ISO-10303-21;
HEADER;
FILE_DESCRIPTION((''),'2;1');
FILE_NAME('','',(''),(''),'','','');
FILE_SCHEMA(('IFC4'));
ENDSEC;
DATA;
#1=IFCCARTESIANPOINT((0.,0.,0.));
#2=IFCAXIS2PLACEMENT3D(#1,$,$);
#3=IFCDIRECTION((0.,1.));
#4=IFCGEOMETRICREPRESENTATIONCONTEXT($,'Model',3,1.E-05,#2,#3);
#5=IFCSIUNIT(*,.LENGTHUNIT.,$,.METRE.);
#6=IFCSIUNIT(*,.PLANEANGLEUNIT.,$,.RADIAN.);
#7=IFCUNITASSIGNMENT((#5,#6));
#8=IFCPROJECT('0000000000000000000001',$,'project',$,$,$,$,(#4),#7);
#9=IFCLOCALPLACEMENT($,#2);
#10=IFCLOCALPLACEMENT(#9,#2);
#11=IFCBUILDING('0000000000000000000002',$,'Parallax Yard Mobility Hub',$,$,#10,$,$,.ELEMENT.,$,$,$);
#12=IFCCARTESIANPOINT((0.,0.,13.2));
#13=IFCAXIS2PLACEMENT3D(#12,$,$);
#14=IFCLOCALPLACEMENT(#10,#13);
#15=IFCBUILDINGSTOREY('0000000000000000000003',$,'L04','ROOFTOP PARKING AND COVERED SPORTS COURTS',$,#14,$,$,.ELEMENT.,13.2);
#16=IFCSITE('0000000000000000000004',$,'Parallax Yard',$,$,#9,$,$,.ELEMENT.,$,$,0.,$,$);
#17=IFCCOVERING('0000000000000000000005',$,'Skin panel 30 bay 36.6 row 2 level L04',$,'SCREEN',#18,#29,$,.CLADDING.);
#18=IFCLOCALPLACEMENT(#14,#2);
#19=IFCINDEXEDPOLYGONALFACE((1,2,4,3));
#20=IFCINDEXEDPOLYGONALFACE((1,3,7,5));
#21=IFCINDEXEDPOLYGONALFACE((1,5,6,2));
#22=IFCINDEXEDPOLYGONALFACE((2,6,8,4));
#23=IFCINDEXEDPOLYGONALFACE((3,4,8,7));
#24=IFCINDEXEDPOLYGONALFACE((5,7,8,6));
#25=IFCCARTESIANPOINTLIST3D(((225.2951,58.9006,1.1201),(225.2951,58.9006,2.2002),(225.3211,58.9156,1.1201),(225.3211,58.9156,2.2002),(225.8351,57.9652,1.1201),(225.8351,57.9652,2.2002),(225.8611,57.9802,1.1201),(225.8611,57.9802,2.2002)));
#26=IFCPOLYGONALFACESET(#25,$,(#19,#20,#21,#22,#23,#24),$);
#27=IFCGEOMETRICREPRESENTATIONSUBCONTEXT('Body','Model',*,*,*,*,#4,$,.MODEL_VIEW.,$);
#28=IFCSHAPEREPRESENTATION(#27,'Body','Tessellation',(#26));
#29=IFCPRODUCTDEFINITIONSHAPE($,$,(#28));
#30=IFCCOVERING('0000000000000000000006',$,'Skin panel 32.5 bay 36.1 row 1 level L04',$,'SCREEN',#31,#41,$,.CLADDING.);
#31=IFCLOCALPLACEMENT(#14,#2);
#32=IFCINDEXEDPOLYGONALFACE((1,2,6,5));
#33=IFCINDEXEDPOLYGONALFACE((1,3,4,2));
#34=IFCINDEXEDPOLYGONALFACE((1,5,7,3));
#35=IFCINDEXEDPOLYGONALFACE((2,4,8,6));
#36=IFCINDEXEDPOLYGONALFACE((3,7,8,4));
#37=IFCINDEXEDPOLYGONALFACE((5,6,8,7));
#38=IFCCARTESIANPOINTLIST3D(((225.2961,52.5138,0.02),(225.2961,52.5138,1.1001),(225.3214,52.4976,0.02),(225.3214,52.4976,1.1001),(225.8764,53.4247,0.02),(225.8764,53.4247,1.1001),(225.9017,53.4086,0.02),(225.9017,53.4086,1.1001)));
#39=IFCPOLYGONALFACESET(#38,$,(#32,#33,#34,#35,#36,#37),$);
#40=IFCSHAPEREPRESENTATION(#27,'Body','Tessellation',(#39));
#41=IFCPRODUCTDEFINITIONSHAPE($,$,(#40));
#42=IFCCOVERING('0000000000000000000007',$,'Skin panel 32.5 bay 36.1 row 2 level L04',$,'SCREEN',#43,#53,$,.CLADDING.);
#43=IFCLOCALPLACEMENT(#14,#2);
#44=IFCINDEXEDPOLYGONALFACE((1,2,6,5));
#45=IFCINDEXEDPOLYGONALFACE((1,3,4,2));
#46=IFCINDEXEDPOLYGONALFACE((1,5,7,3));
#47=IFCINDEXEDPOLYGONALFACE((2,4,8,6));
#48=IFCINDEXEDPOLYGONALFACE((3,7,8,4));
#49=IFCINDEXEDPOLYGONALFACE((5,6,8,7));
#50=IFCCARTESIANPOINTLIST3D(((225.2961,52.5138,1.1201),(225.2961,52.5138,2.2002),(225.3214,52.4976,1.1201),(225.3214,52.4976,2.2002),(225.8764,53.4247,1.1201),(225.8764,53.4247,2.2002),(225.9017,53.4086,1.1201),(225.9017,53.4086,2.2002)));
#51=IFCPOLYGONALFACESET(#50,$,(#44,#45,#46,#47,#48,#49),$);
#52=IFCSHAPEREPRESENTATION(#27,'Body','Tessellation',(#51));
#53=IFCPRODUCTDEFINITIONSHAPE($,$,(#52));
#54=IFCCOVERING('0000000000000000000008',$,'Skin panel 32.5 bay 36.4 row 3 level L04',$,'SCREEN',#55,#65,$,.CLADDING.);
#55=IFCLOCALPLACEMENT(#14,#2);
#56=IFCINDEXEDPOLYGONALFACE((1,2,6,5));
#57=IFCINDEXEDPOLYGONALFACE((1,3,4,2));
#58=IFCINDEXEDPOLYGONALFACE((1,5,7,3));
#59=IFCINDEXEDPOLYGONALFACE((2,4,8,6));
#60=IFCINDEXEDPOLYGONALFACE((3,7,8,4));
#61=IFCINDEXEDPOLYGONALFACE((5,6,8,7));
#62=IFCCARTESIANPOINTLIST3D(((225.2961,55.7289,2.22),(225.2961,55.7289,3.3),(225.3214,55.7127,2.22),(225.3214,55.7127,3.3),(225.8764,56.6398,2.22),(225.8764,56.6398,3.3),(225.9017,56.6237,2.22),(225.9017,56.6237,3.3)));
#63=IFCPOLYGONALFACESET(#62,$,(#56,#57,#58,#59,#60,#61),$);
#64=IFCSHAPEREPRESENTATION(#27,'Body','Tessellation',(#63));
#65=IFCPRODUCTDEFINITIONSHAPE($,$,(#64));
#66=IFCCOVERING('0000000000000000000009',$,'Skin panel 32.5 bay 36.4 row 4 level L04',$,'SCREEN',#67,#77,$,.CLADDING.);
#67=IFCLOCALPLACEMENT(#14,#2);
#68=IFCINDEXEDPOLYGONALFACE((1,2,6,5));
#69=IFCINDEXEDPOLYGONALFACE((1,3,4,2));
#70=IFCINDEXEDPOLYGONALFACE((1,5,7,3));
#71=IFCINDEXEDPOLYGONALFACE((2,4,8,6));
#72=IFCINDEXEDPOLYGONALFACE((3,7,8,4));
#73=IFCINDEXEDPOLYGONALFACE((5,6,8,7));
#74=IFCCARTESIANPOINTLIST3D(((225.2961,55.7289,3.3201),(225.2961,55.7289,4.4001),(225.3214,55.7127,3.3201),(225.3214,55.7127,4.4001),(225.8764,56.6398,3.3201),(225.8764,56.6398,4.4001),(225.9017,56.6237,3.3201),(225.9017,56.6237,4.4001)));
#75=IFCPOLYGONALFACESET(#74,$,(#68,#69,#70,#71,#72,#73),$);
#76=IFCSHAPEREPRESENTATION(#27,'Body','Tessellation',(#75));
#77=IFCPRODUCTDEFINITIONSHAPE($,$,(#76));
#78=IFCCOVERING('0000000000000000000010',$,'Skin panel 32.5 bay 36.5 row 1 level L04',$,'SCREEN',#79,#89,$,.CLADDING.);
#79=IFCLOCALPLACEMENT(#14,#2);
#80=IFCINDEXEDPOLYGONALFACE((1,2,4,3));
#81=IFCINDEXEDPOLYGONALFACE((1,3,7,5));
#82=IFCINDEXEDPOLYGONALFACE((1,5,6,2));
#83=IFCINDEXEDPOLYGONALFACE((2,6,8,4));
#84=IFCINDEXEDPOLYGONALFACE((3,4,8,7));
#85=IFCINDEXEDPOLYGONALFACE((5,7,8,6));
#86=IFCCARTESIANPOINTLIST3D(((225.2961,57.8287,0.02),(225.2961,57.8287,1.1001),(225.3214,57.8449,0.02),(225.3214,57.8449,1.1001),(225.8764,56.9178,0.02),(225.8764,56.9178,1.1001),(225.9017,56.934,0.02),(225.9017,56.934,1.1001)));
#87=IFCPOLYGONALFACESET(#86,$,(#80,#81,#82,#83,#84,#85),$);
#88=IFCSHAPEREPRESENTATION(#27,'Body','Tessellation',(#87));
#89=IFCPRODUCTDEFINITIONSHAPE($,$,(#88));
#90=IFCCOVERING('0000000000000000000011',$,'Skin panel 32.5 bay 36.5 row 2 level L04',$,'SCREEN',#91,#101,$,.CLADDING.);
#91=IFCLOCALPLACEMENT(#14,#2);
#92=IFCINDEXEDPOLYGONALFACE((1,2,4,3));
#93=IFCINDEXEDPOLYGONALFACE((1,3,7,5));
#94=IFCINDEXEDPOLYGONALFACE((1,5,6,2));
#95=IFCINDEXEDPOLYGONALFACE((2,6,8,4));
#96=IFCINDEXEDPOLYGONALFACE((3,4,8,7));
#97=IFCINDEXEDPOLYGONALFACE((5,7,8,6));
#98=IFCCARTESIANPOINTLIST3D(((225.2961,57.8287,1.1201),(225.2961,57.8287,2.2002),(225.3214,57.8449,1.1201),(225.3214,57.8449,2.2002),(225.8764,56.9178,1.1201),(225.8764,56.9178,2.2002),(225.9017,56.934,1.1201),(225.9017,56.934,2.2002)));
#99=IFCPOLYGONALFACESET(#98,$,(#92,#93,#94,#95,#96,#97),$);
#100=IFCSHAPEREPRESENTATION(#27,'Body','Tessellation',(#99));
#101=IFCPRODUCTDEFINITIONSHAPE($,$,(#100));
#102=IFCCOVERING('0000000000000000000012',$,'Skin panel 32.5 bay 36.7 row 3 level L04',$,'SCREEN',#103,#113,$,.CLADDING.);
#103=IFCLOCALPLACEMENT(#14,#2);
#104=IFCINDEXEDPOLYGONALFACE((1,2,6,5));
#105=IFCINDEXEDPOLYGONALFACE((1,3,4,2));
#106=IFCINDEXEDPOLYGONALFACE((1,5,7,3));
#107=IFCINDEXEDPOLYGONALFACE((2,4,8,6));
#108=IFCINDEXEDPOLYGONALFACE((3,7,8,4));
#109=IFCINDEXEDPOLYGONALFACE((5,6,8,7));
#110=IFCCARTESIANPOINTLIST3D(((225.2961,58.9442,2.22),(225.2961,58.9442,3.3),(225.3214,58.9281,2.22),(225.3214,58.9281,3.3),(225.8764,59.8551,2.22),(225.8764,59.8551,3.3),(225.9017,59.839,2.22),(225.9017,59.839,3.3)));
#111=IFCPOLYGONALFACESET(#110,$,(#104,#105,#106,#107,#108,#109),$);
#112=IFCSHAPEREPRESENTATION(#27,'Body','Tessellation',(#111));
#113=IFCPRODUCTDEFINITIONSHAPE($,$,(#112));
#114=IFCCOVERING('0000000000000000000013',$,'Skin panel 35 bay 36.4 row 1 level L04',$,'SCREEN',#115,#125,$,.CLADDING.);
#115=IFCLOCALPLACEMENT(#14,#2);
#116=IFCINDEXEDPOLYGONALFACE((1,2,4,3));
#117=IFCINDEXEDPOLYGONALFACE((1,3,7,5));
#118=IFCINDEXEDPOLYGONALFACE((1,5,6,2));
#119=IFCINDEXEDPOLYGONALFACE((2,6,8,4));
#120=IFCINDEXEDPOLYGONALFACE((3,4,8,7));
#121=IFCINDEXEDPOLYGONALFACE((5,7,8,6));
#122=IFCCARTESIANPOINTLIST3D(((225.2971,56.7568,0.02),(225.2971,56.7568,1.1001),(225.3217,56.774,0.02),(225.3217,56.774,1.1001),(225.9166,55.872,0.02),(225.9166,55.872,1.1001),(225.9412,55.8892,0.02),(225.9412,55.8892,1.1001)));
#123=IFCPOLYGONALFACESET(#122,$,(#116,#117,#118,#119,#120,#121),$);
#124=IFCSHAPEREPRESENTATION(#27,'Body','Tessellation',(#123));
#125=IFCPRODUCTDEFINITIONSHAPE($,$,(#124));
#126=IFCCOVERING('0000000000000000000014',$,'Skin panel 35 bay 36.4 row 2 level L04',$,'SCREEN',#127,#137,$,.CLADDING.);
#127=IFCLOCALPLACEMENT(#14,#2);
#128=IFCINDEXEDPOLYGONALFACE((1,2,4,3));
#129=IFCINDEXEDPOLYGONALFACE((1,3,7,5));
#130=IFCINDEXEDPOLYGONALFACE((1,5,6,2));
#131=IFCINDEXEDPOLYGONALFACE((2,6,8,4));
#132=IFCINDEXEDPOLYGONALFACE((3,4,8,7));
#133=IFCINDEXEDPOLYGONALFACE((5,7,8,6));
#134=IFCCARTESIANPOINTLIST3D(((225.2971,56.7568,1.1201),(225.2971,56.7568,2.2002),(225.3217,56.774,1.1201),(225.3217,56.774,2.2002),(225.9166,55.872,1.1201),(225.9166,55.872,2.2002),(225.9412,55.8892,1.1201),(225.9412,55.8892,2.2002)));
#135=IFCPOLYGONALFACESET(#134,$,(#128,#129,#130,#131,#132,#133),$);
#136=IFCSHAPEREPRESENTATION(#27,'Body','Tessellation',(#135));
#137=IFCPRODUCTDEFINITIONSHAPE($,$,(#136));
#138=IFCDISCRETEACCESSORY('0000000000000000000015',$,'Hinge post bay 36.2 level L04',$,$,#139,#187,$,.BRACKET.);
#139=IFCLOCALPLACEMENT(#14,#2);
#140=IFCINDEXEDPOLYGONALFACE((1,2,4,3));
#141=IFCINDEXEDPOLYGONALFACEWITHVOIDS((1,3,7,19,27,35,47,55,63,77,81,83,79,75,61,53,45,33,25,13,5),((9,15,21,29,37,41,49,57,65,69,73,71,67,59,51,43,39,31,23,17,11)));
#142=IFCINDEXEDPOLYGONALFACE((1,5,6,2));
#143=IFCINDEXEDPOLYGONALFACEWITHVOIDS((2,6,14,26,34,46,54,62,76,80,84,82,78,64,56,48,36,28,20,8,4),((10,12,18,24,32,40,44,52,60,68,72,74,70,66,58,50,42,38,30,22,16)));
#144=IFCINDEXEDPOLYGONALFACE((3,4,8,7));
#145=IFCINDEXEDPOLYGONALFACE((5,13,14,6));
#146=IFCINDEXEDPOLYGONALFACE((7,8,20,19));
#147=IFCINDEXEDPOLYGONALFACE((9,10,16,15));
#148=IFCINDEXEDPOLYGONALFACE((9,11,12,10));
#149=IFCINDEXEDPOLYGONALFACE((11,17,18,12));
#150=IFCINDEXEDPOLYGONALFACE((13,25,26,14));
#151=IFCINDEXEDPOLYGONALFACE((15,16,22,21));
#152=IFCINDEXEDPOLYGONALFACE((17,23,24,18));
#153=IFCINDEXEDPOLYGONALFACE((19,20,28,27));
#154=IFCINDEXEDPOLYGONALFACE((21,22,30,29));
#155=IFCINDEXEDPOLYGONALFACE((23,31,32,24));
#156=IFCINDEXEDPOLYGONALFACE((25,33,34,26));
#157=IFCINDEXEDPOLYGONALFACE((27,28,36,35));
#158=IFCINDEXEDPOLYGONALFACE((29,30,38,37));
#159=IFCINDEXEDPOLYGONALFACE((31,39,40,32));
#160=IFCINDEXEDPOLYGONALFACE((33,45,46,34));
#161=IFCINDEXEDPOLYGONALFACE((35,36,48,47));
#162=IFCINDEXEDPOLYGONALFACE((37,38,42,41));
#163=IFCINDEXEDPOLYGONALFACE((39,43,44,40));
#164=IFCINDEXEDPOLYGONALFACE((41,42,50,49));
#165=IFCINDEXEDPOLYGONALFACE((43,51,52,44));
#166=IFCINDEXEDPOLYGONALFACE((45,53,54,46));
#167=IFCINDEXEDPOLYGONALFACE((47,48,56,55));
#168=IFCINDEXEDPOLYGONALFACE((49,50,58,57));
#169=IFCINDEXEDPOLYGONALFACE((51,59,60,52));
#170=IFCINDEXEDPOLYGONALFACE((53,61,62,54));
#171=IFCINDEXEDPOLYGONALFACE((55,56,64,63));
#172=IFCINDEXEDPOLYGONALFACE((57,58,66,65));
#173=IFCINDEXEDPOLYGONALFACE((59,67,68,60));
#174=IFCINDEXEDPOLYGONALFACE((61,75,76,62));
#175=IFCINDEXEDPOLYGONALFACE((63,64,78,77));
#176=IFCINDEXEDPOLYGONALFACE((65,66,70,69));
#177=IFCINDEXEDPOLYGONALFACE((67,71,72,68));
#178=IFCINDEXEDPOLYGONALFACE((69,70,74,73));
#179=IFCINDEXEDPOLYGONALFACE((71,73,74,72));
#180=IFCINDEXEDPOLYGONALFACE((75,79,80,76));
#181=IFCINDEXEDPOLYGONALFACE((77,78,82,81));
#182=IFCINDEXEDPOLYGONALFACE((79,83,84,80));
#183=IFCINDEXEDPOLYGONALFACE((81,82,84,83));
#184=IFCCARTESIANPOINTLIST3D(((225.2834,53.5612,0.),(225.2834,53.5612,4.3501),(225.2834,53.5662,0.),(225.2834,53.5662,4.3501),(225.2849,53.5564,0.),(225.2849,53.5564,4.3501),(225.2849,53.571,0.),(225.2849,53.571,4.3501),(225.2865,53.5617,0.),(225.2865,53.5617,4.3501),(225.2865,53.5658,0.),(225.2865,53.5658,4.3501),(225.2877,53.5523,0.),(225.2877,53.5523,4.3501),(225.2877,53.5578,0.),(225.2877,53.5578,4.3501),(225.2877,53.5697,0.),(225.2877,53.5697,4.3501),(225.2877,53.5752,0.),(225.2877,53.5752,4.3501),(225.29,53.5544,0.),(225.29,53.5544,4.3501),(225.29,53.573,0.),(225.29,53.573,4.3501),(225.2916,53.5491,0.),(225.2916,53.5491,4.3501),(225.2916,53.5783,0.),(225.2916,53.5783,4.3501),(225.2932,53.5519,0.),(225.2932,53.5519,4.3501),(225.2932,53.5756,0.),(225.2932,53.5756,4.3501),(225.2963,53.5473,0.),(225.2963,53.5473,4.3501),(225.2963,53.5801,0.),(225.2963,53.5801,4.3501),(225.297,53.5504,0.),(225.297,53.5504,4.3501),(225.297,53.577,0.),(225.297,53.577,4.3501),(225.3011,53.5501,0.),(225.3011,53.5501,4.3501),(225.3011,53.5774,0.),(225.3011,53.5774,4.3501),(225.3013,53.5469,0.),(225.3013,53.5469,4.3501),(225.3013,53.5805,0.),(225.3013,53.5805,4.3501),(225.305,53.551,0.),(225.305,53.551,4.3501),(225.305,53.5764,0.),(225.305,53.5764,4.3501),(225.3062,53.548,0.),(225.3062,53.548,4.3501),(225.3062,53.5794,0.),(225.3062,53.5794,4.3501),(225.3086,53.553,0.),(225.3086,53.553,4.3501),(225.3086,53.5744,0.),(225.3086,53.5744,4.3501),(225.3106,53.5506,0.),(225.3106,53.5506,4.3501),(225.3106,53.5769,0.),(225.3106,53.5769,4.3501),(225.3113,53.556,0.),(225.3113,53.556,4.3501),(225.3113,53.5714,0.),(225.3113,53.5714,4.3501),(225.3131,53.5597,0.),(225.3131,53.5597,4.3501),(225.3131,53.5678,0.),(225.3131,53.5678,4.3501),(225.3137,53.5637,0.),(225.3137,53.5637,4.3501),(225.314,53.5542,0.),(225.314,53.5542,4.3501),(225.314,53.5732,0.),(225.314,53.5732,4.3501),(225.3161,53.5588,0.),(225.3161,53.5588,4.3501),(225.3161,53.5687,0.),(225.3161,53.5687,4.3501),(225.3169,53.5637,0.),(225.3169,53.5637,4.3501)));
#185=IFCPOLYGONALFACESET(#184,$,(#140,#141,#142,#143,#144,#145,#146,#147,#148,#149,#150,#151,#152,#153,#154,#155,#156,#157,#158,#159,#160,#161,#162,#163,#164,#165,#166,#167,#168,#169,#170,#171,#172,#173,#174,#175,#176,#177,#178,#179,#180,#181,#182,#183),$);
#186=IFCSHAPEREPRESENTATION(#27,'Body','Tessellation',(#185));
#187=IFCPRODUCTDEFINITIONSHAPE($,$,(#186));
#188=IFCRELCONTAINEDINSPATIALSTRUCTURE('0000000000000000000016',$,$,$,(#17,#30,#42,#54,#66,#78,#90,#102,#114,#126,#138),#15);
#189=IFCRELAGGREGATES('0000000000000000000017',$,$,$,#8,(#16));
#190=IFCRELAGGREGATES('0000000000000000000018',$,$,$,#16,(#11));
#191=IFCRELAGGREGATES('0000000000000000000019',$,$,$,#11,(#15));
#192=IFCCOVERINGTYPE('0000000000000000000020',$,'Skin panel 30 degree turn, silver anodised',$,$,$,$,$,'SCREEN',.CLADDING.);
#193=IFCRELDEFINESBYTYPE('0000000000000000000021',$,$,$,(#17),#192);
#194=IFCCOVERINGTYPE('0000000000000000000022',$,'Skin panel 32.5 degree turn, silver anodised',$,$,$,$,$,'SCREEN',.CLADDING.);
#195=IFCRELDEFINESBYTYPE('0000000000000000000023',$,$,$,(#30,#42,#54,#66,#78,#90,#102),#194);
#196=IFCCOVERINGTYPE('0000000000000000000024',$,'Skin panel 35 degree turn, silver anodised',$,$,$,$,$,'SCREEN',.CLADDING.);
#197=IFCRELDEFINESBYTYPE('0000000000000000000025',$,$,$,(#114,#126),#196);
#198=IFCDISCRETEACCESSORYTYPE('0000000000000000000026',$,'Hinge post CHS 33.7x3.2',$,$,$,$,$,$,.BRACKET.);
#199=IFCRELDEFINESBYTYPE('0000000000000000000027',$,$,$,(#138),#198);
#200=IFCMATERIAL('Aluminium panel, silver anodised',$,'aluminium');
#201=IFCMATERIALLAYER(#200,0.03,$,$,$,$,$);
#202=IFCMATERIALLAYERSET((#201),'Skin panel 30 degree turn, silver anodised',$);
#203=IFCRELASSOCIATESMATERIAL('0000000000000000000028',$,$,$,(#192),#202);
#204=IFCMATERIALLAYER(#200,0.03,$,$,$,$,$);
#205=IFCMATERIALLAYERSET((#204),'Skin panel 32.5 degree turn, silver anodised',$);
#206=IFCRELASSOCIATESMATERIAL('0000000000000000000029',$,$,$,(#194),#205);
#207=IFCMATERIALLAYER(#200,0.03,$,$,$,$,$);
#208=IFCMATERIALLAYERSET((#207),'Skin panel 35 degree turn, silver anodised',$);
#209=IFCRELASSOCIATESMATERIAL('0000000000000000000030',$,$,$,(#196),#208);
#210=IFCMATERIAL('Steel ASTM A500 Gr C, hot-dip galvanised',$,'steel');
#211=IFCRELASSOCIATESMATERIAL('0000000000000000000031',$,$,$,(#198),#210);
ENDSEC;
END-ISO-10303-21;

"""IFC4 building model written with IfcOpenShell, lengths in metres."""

from ifc_helpers import new_model, si_unit, direction, frame, origin, origin_2d, place, context, subcontext, project, spatial, rectangle, hollow_circle, extrude, material, layer, layer_set, material_profile, profile_set, type_object, element, save


model = new_model("IFC4")

# Units and contexts
model_context = context("Model", 3, precision=1e-05, world=origin(), true_north=direction((0.0, 1.0)))
body_context = subcontext(model_context, "Body", "Model", "MODEL_VIEW")
ifc_project = project(units=[si_unit("LENGTHUNIT", "METRE"), si_unit("PLANEANGLEUNIT", "RADIAN")], contexts=[model_context])

# Site, building, storey
site_placement = place(None, origin())
site = spatial("IfcSite", under=ifc_project, at=site_placement, Name="Parallax Yard", CompositionType="ELEMENT", RefElevation=0.0)
building_placement = place(site_placement, origin())
building = spatial("IfcBuilding", under=site, at=building_placement, Name="Parallax Yard Mobility Hub", CompositionType="ELEMENT")
storey_placement = place(building_placement, frame((0.0, 0.0, 13.2)))
storey = spatial("IfcBuildingStorey", under=building, at=storey_placement, Name="L04", Description="ROOFTOP PARKING AND COVERED SPORTS COURTS", CompositionType="ELEMENT", Elevation=13.2)

# Coverings
ifc_material_1 = material(Name="Aluminium panel, silver anodised", Category="aluminium")
ifc_layer_1 = layer(ifc_material_1, 0.03)
ifc_layer_set_1 = layer_set([ifc_layer_1], Name="Skin panel 30 degree turn, silver anodised")
covering_type_1 = type_object("IfcCoveringType", Name="Skin panel 30 degree turn, silver anodised", ElementType="SCREEN", PredefinedType="CLADDING", material=ifc_layer_set_1)
for number, where, z_axis, x_axis, name in (
    (1, (225.5781, 58.4404, 1.1201), (0.0, 0.0, 1.0), (0.5, -0.866025, 0.0), "Skin panel 30 bay 36.6 row 2 level L04"),
):
    element("IfcCovering", number, at=place(storey_placement, frame(where, z_axis=z_axis, x_axis=x_axis)), inside=storey, type_object=covering_type_1, Name=name, ObjectType="SCREEN", PredefinedType="CLADDING", context=body_context, shape_type="SweptSolid", body=[
        extrude(rectangle(XDim=1.0801, YDim=0.03, at=origin_2d()), origin(), (0.0, 0.0, 1.0), 1.0801),
    ])
ifc_layer_2 = layer(ifc_material_1, 0.03)
ifc_layer_set_2 = layer_set([ifc_layer_2], Name="Skin panel 32.5 degree turn, silver anodised")
covering_type_2 = type_object("IfcCoveringType", Name="Skin panel 32.5 degree turn, silver anodised", ElementType="SCREEN", PredefinedType="CLADDING", material=ifc_layer_set_2)
for number, where, z_axis, x_axis, name in (
    (2, (225.5989, 52.9612, 0.02), (0.0, 0.0, 1.0), (0.5373, 0.843391, 0.0), "Skin panel 32.5 bay 36.1 row 1 level L04"),
    (3, (225.5989, 52.9612, 1.1201), (0.0, 0.0, 1.0), (0.5373, 0.843391, 0.0), "Skin panel 32.5 bay 36.1 row 2 level L04"),
    (4, (225.5989, 56.1763, 2.22), (0.0, 0.0, 1.0), (0.5373, 0.843391, 0.0), "Skin panel 32.5 bay 36.4 row 3 level L04"),
    (5, (225.5989, 56.1763, 3.3201), (0.0, 0.0, 1.0), (0.5373, 0.843391, 0.0), "Skin panel 32.5 bay 36.4 row 4 level L04"),
    (6, (225.5989, 57.3813, 0.02), (0.0, 0.0, 1.0), (0.5373, -0.843391, 0.0), "Skin panel 32.5 bay 36.5 row 1 level L04"),
    (7, (225.5989, 57.3813, 1.1201), (0.0, 0.0, 1.0), (0.5373, -0.843391, 0.0), "Skin panel 32.5 bay 36.5 row 2 level L04"),
    (8, (225.5989, 59.3916, 2.22), (0.0, 0.0, 1.0), (0.5373, 0.843391, 0.0), "Skin panel 32.5 bay 36.7 row 3 level L04"),
):
    element("IfcCovering", number, at=place(storey_placement, frame(where, z_axis=z_axis, x_axis=x_axis)), inside=storey, type_object=covering_type_2, Name=name, ObjectType="SCREEN", PredefinedType="CLADDING", context=body_context, shape_type="SweptSolid", body=[
        extrude(rectangle(XDim=1.0801, YDim=0.03, at=origin_2d()), origin(), (0.0, 0.0, 1.0), 1.0801),
    ])
ifc_layer_3 = layer(ifc_material_1, 0.03)
ifc_layer_set_3 = layer_set([ifc_layer_3], Name="Skin panel 35 degree turn, silver anodised")
covering_type_3 = type_object("IfcCoveringType", Name="Skin panel 35 degree turn, silver anodised", ElementType="SCREEN", PredefinedType="CLADDING", material=ifc_layer_set_3)
for number, where, z_axis, x_axis, name in (
    (9, (225.6191, 56.323, 0.02), (0.0, 0.0, 1.0), (0.573576, -0.819152, 0.0), "Skin panel 35 bay 36.4 row 1 level L04"),
    (10, (225.6191, 56.323, 1.1201), (0.0, 0.0, 1.0), (0.573576, -0.819152, 0.0), "Skin panel 35 bay 36.4 row 2 level L04"),
):
    element("IfcCovering", number, at=place(storey_placement, frame(where, z_axis=z_axis, x_axis=x_axis)), inside=storey, type_object=covering_type_3, Name=name, ObjectType="SCREEN", PredefinedType="CLADDING", context=body_context, shape_type="SweptSolid", body=[
        extrude(rectangle(XDim=1.0801, YDim=0.03, at=origin_2d()), origin(), (0.0, 0.0, 1.0), 1.0801),
    ])

# Discrete accessory
ifc_material_2 = material(Name="Steel ASTM A500 Gr C, hot-dip galvanised", Category="steel")
ifc_material_profile = material_profile(ifc_material_2, hollow_circle(Radius=0.0168, WallThickness=0.0032, at=origin_2d()), Name="CHS 33.7x3.2")
ifc_profile_set = profile_set([ifc_material_profile], Name="Steel ASTM A500 Gr C, hot-dip galvanised")
discrete_accessory_type = type_object("IfcDiscreteAccessoryType", Name="Hinge post CHS 33.7x3.2", PredefinedType="BRACKET", material=ifc_profile_set)
for number, where, z_axis, x_axis, name in (
    (11, (225.3, 53.5637, 0.0), (0.0, 0.0, 1.0), (1.0, 0.0, 0.0), "Hinge post bay 36.2 level L04"),
):
    element("IfcDiscreteAccessory", number, at=place(storey_placement, frame(where, z_axis=z_axis, x_axis=x_axis)), inside=storey, type_object=discrete_accessory_type, Name=name, PredefinedType="BRACKET", context=body_context, shape_type="SweptSolid", body=[
        extrude(hollow_circle(Radius=0.0168, WallThickness=0.0032, at=origin_2d()), origin(), (0.0, 0.0, 1.0), 4.3501),
    ])

save(model, "model.ifc")
